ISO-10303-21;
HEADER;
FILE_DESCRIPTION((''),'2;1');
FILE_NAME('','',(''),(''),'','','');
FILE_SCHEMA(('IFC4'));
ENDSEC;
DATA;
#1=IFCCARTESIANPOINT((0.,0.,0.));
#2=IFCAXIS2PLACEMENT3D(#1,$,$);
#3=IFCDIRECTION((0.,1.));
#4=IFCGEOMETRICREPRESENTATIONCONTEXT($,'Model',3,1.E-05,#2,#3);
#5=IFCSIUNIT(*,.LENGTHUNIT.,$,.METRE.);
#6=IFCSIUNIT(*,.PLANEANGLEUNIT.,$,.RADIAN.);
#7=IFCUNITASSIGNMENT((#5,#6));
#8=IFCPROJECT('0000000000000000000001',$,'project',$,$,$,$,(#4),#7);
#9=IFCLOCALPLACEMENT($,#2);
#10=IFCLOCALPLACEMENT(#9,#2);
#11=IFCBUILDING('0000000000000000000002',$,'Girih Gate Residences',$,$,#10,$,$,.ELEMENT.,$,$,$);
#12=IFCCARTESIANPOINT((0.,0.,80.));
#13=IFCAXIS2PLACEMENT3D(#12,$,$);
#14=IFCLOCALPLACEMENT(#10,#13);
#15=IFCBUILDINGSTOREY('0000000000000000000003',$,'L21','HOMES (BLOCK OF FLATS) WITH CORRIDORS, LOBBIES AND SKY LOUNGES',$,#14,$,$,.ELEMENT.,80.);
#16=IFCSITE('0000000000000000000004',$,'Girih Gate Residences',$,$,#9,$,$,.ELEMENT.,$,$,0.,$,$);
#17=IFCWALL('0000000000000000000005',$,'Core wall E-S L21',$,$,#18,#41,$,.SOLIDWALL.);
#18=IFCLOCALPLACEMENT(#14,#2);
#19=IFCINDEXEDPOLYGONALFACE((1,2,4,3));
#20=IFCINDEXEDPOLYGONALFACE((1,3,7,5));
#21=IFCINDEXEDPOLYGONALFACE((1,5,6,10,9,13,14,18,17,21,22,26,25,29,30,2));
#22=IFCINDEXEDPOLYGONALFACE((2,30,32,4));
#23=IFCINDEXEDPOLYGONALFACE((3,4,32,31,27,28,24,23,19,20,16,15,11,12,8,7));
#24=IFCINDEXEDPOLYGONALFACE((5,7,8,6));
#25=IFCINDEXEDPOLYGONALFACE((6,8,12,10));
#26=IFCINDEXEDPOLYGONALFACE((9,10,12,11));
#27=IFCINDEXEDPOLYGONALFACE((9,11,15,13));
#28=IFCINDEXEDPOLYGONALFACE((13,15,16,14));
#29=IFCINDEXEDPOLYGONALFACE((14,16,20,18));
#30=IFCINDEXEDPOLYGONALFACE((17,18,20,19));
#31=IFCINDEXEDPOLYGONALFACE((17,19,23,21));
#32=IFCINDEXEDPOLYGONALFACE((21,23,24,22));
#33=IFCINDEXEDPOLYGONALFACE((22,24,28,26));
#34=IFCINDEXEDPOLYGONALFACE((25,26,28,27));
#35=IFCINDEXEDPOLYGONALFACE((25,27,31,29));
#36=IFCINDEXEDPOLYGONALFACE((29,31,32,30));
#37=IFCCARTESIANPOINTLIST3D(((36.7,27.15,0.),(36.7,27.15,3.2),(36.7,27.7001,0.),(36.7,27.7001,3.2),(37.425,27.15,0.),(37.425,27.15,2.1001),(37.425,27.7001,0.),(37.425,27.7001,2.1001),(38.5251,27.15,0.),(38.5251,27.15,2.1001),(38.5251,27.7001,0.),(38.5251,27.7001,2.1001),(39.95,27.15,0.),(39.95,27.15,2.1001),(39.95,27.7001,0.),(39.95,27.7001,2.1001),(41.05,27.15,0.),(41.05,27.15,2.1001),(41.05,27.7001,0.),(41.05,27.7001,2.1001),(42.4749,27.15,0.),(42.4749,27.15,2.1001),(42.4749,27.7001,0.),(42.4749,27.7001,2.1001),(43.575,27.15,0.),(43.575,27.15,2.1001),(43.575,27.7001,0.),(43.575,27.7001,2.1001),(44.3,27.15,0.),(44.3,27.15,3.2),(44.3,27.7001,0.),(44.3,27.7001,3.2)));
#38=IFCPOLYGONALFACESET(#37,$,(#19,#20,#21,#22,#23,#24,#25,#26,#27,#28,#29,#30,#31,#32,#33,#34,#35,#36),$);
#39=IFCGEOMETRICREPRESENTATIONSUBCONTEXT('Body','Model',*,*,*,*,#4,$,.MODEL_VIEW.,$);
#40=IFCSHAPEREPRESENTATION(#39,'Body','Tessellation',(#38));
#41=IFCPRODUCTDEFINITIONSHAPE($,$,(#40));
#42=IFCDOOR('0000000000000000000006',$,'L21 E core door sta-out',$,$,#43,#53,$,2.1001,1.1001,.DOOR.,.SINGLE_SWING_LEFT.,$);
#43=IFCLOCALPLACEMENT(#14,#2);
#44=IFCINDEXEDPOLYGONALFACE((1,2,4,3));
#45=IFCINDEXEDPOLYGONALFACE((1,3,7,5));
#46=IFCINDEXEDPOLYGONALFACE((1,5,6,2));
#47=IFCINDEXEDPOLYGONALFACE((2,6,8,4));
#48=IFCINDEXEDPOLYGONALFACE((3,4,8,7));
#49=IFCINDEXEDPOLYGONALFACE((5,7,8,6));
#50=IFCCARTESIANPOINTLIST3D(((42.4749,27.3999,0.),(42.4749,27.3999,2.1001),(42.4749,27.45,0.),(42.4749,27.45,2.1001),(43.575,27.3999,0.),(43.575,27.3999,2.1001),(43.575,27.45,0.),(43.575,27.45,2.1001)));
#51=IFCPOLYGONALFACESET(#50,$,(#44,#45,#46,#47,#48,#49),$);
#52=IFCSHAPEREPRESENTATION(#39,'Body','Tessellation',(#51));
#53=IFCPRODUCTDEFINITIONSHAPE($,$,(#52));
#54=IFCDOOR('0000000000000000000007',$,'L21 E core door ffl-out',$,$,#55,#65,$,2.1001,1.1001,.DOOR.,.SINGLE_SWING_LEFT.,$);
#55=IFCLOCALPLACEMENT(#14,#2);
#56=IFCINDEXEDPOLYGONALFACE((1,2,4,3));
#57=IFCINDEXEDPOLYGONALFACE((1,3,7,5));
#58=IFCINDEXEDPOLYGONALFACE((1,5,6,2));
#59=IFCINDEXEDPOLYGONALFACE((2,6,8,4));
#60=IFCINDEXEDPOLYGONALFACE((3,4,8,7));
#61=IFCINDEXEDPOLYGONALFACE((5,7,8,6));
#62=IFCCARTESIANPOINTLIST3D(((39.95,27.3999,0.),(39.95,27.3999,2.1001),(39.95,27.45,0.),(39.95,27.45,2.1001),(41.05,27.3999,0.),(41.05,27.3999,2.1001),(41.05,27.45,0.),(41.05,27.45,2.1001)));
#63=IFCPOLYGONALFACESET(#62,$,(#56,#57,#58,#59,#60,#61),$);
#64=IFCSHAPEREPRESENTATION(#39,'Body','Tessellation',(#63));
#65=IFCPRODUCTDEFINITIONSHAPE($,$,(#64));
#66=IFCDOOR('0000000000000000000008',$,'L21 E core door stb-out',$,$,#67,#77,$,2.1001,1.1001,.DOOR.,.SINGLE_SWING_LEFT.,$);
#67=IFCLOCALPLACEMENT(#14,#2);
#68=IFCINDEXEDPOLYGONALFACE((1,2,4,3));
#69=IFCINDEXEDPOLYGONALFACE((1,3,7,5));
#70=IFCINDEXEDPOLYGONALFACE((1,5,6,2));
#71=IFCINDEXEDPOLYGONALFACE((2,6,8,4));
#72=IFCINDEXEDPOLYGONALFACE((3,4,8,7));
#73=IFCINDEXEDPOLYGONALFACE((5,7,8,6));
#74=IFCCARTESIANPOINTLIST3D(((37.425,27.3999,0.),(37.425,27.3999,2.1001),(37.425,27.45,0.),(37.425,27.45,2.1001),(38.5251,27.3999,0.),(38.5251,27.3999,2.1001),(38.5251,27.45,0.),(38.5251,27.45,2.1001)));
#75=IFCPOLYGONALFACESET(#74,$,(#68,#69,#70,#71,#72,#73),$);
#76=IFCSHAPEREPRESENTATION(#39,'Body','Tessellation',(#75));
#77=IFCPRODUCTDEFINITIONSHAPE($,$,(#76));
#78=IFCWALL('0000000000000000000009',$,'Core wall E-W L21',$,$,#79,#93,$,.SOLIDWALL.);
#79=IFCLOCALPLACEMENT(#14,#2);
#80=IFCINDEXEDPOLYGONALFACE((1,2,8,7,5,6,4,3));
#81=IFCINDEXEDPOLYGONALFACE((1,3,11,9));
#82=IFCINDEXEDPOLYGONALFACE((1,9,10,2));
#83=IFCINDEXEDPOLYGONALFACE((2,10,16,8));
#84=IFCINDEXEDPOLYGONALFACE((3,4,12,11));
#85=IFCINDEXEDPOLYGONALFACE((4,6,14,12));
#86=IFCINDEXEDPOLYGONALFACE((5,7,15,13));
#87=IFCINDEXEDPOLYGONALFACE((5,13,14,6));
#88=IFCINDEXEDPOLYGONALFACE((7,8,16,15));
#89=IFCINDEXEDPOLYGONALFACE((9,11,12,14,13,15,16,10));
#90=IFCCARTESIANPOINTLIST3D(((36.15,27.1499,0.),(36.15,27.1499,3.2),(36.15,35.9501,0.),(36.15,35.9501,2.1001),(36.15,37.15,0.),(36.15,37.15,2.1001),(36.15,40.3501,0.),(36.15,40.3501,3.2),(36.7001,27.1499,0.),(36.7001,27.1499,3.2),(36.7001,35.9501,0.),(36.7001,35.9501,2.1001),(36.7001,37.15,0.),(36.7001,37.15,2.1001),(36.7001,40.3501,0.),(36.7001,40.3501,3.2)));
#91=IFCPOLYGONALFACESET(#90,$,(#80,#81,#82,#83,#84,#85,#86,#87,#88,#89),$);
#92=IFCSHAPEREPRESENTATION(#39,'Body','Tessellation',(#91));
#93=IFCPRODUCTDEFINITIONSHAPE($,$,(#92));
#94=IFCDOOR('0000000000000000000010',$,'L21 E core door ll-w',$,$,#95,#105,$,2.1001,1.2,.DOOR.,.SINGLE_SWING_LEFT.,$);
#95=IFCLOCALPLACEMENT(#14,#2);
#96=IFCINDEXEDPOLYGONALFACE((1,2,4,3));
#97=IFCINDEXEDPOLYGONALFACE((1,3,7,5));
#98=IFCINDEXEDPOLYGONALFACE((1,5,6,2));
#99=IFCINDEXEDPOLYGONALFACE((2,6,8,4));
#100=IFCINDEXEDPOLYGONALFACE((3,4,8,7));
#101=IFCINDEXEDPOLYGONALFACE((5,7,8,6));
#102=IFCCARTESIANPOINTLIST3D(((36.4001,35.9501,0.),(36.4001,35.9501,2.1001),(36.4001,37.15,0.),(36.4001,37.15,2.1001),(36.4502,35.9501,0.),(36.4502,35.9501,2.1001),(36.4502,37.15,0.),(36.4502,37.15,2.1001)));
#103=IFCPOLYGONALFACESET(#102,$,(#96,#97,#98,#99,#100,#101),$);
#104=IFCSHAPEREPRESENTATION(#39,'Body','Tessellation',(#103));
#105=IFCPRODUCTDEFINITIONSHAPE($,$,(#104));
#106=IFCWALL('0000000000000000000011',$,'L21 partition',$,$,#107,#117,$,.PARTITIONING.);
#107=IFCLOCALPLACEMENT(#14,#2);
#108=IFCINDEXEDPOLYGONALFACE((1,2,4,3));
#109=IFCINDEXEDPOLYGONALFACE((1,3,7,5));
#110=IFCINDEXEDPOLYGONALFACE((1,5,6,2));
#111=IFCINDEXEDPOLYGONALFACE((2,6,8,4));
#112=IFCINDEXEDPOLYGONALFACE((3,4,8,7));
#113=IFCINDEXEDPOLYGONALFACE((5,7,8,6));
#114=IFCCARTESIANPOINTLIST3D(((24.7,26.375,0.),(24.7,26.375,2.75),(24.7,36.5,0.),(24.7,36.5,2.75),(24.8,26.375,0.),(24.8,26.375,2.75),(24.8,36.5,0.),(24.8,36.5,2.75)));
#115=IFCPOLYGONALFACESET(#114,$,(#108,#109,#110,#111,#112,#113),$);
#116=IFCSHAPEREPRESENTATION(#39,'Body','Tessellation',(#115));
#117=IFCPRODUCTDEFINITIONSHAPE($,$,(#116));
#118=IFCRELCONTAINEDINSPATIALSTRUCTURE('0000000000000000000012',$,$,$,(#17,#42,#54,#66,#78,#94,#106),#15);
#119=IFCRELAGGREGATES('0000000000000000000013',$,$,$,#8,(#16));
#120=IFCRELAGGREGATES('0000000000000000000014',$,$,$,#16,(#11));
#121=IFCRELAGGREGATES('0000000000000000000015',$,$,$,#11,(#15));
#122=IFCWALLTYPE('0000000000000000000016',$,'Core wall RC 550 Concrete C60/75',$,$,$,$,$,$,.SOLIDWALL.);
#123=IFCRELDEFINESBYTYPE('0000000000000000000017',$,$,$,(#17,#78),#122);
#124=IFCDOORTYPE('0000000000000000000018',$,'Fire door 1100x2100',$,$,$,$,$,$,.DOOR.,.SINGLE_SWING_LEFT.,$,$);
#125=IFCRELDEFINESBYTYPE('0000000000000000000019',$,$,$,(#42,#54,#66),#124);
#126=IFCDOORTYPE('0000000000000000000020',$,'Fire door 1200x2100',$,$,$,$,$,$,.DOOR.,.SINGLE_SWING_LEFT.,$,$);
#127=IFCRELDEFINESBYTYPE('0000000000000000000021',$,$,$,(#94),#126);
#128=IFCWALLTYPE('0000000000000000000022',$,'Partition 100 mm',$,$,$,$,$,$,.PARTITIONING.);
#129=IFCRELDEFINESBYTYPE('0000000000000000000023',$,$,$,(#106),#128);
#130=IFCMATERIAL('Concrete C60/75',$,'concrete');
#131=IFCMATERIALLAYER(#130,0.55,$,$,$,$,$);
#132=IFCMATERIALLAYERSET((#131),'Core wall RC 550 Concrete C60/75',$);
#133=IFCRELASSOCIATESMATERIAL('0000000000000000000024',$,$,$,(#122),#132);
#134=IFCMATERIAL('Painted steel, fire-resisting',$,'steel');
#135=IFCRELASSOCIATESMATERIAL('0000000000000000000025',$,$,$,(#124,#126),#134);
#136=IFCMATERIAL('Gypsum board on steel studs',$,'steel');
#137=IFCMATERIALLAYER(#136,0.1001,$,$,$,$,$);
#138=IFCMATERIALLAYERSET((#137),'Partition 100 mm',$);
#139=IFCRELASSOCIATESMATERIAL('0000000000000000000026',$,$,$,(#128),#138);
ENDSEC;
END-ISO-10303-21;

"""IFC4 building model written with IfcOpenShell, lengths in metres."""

from ifc_helpers import new_model, si_unit, direction, frame, frame_2d, origin, place, context, subcontext, project, spatial, rectangle, extrude, material, layer, layer_set, type_object, element, fill, save


model = new_model("IFC4")

# Units and contexts
model_context = context("Model", 3, precision=1e-05, world=origin(), true_north=direction((0.0, 1.0)))
body_context = subcontext(model_context, "Body", "Model", "MODEL_VIEW")
ifc_project = project(units=[si_unit("LENGTHUNIT", "METRE"), si_unit("PLANEANGLEUNIT", "RADIAN")], contexts=[model_context])

# Site, building, storey
site_placement = place(None, origin())
site = spatial("IfcSite", under=ifc_project, at=site_placement, Name="Girih Gate Residences", CompositionType="ELEMENT", RefElevation=0.0)
building_placement = place(site_placement, origin())
building = spatial("IfcBuilding", under=site, at=building_placement, Name="Girih Gate Residences", CompositionType="ELEMENT")
storey_placement = place(building_placement, frame((0.0, 0.0, 80.0)))
storey = spatial("IfcBuildingStorey", under=building, at=storey_placement, Name="L21", Description="HOMES (BLOCK OF FLATS) WITH CORRIDORS, LOBBIES AND SKY LOUNGES", CompositionType="ELEMENT", Elevation=80.0)

# Shared definitions
ifc_material_1 = material(Name="Concrete C60/75", Category="concrete")

# Shared definitions
ifc_material_2 = material(Name="Gypsum board on steel studs", Category="steel")

# Wall, openings, doors
ifc_layer_1 = layer(ifc_material_1, 0.55)
ifc_layer_set_1 = layer_set([ifc_layer_1], Name="Core wall RC 550 Concrete C60/75")
wall_type_1 = type_object("IfcWallType", Name="Core wall RC 550 Concrete C60/75", PredefinedType="SOLIDWALL", material=ifc_layer_set_1)
wall_1_placement = place(storey_placement, frame((36.7, 27.425, 0.0), z_axis=(0.0, 0.0, 1.0), x_axis=(1.0, 0.0, 0.0)))
wall_1 = element("IfcWall", 1, at=wall_1_placement, inside=storey, type_object=wall_type_1, Name="Core wall E-S L21", PredefinedType="SOLIDWALL", context=body_context, shape_type="SweptSolid", body=[
    extrude(rectangle(XDim=7.6001, YDim=0.55, at=frame_2d((3.8, 0.0))), origin(), (0.0, 0.0, 1.0), 3.2),
])
opening_1_placement = place(wall_1_placement, frame((5.7749, 0.0, 0.0)))
opening_1 = element("IfcOpeningElement", 2, at=opening_1_placement, cuts=wall_1, PredefinedType="OPENING", context=body_context, shape_type="SweptSolid", body=[
    extrude(rectangle(XDim=1.1001, YDim=2.1001, at=frame_2d((0.55, 1.05))), frame((0.0, 0.2849, 0.0), z_axis=(0.0, -1.0, 0.0), x_axis=(1.0, 0.0, 0.0)), (0.0, 0.0, 1.0), 0.5701),
])
opening_2_placement = place(wall_1_placement, frame((3.25, 0.0, 0.0)))
opening_2 = element("IfcOpeningElement", 3, at=opening_2_placement, cuts=wall_1, PredefinedType="OPENING", context=body_context, shape_type="SweptSolid", body=[
    extrude(rectangle(XDim=1.1001, YDim=2.1001, at=frame_2d((0.55, 1.05))), frame((0.0, 0.2849, 0.0), z_axis=(0.0, -1.0, 0.0), x_axis=(1.0, 0.0, 0.0)), (0.0, 0.0, 1.0), 0.5701),
])
opening_3_placement = place(wall_1_placement, frame((0.7251, 0.0, 0.0)))
opening_3 = element("IfcOpeningElement", 4, at=opening_3_placement, cuts=wall_1, PredefinedType="OPENING", context=body_context, shape_type="SweptSolid", body=[
    extrude(rectangle(XDim=1.1001, YDim=2.1001, at=frame_2d((0.55, 1.05))), frame((0.0, 0.2849, 0.0), z_axis=(0.0, -1.0, 0.0), x_axis=(1.0, 0.0, 0.0)), (0.0, 0.0, 1.0), 0.5701),
])
ifc_material_3 = material(Name="Painted steel, fire-resisting", Category="steel")
door_type_1 = type_object("IfcDoorType", Name="Fire door 1100x2100", OperationType="SINGLE_SWING_LEFT", PredefinedType="DOOR", material=ifc_material_3)
door_1_placement = place(opening_1_placement, origin())
door_1 = element("IfcDoor", 5, at=door_1_placement, inside=storey, type_object=door_type_1, Name="L21 E core door sta-out", OperationType="SINGLE_SWING_LEFT", OverallHeight=2.1001, OverallWidth=1.1001, PredefinedType="DOOR", context=body_context, shape_type="SweptSolid", body=[
    extrude(rectangle(XDim=1.1001, YDim=2.1001, at=frame_2d((0.55, 1.05))), frame((0.0, 0.0249, 0.0), z_axis=(0.0, -1.0, 0.0), x_axis=(1.0, 0.0, 0.0)), (0.0, 0.0, 1.0), 0.05),
])
fill(opening_1, door_1)
door_2_placement = place(opening_2_placement, origin())
door_2 = element("IfcDoor", 6, at=door_2_placement, inside=storey, type_object=door_type_1, Name="L21 E core door ffl-out", OperationType="SINGLE_SWING_LEFT", OverallHeight=2.1001, OverallWidth=1.1001, PredefinedType="DOOR", context=body_context, shape_type="SweptSolid", body=[
    extrude(rectangle(XDim=1.1001, YDim=2.1001, at=frame_2d((0.55, 1.05))), frame((0.0, 0.0249, 0.0), z_axis=(0.0, -1.0, 0.0), x_axis=(1.0, 0.0, 0.0)), (0.0, 0.0, 1.0), 0.05),
])
fill(opening_2, door_2)
door_3_placement = place(opening_3_placement, origin())
door_3 = element("IfcDoor", 7, at=door_3_placement, inside=storey, type_object=door_type_1, Name="L21 E core door stb-out", OperationType="SINGLE_SWING_LEFT", OverallHeight=2.1001, OverallWidth=1.1001, PredefinedType="DOOR", context=body_context, shape_type="SweptSolid", body=[
    extrude(rectangle(XDim=1.1001, YDim=2.1001, at=frame_2d((0.55, 1.05))), frame((0.0, 0.0249, 0.0), z_axis=(0.0, -1.0, 0.0), x_axis=(1.0, 0.0, 0.0)), (0.0, 0.0, 1.0), 0.05),
])
fill(opening_3, door_3)

# Wall, opening, door
wall_2_placement = place(storey_placement, frame((36.425, 27.1499, 0.0), z_axis=(0.0, 0.0, 1.0), x_axis=(0.0, 1.0, 0.0)))
wall_2 = element("IfcWall", 8, at=wall_2_placement, inside=storey, type_object=wall_type_1, Name="Core wall E-W L21", PredefinedType="SOLIDWALL", context=body_context, shape_type="SweptSolid", body=[
    extrude(rectangle(XDim=13.2002, YDim=0.55, at=frame_2d((6.6001, 0.0))), origin(), (0.0, 0.0, 1.0), 3.2),
])
opening_4_placement = place(wall_2_placement, frame((8.8, 0.0, 0.0)))
opening_4 = element("IfcOpeningElement", 9, at=opening_4_placement, cuts=wall_2, PredefinedType="OPENING", context=body_context, shape_type="SweptSolid", body=[
    extrude(rectangle(XDim=1.2, YDim=2.1001, at=frame_2d((0.6001, 1.05))), frame((0.0, 0.2849, 0.0), z_axis=(0.0, -1.0, 0.0), x_axis=(1.0, 0.0, 0.0)), (0.0, 0.0, 1.0), 0.5701),
])
door_type_2 = type_object("IfcDoorType", Name="Fire door 1200x2100", OperationType="SINGLE_SWING_LEFT", PredefinedType="DOOR", material=ifc_material_3)
door_4_placement = place(opening_4_placement, origin())
door_4 = element("IfcDoor", 10, at=door_4_placement, inside=storey, type_object=door_type_2, Name="L21 E core door ll-w", OperationType="SINGLE_SWING_LEFT", OverallHeight=2.1001, OverallWidth=1.2, PredefinedType="DOOR", context=body_context, shape_type="SweptSolid", body=[
    extrude(rectangle(XDim=1.2, YDim=2.1001, at=frame_2d((0.6001, 1.05))), frame((0.0, 0.0249, 0.0), z_axis=(0.0, -1.0, 0.0), x_axis=(1.0, 0.0, 0.0)), (0.0, 0.0, 1.0), 0.05),
])
fill(opening_4, door_4)

# Wall
ifc_layer_2 = layer(ifc_material_2, 0.1001)
ifc_layer_set_2 = layer_set([ifc_layer_2], Name="Partition 100 mm")
wall_type_2 = type_object("IfcWallType", Name="Partition 100 mm", PredefinedType="PARTITIONING", material=ifc_layer_set_2)
wall_3_placement = place(storey_placement, frame((24.75, 26.375, 0.0), z_axis=(0.0, 0.0, 1.0), x_axis=(0.0, 1.0, 0.0)))
element("IfcWall", 11, at=wall_3_placement, inside=storey, type_object=wall_type_2, Name="L21 partition", PredefinedType="PARTITIONING", context=body_context, shape_type="SweptSolid", body=[
    extrude(rectangle(XDim=10.125, YDim=0.1001, at=frame_2d((5.0625, 0.0))), origin(), (0.0, 0.0, 1.0), 2.75),
])

save(model, "model.ifc")
